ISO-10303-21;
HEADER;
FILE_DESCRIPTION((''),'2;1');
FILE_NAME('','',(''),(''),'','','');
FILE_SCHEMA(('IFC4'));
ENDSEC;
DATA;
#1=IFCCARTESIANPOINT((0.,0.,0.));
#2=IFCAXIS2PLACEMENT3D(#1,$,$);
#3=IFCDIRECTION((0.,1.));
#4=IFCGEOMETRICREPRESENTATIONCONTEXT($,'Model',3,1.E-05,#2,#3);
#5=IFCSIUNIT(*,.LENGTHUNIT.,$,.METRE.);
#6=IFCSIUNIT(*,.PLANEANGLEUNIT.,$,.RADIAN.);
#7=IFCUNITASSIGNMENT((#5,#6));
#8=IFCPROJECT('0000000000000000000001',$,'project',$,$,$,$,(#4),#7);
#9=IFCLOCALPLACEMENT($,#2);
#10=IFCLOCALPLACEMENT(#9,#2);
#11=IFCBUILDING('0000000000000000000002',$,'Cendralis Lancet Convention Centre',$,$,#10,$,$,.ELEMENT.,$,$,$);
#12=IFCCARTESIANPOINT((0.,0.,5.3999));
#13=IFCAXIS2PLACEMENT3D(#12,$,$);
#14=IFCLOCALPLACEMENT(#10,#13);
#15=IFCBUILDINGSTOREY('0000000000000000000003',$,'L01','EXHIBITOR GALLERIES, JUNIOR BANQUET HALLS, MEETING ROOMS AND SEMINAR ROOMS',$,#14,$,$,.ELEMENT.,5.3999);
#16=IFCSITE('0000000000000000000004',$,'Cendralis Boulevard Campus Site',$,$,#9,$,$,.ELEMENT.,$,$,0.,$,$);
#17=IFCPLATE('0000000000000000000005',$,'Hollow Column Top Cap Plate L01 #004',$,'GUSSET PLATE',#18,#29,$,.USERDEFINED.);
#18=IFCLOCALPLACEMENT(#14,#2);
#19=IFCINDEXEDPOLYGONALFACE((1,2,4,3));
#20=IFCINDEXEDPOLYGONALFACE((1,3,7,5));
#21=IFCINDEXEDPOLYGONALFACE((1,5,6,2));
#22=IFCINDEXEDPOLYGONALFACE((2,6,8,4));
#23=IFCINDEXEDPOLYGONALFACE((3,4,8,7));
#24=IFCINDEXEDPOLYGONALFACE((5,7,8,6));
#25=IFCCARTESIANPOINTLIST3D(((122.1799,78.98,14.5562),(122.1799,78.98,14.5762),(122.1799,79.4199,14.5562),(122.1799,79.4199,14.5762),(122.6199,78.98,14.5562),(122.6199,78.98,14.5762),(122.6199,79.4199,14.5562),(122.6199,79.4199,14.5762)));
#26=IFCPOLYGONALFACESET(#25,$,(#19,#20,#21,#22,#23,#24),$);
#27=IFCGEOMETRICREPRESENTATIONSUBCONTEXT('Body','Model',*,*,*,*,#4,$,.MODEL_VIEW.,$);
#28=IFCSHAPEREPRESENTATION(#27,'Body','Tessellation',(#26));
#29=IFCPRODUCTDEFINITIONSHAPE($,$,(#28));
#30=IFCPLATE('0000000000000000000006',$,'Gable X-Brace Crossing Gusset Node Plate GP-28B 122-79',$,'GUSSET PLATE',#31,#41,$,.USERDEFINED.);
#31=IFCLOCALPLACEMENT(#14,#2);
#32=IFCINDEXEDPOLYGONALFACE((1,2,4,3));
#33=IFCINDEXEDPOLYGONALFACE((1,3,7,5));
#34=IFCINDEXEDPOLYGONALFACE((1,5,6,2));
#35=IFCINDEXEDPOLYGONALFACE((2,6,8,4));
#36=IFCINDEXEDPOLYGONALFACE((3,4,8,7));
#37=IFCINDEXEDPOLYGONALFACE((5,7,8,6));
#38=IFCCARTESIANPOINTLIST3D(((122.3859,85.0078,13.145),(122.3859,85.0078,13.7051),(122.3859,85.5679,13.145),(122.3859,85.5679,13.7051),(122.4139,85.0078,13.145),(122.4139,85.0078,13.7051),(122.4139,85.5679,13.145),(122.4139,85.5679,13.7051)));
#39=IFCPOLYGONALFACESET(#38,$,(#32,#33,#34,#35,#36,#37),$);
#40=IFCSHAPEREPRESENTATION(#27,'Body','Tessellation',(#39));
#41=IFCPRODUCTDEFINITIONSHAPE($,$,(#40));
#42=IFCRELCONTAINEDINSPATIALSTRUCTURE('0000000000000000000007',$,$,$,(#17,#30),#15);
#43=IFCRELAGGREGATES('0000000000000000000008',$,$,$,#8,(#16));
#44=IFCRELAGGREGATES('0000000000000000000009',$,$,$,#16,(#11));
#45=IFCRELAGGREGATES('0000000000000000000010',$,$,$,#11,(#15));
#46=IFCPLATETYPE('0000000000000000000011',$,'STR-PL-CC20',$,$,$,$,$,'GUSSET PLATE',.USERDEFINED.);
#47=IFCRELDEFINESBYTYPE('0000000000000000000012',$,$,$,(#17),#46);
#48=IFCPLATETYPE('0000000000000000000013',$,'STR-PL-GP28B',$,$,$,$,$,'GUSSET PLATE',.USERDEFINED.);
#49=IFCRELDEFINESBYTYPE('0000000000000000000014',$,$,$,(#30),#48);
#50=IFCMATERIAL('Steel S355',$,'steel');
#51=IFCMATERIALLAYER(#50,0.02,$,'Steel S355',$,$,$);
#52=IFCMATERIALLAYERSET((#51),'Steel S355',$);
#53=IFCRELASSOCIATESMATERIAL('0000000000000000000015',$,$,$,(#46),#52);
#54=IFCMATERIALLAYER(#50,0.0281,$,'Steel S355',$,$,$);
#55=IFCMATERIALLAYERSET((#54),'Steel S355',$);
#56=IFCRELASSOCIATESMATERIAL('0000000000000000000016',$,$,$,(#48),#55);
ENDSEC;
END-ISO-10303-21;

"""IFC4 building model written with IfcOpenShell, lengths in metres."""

from ifc_helpers import new_model, si_unit, direction, frame, origin, origin_2d, place, context, subcontext, project, spatial, rectangle, extrude, material, layer, layer_set, type_object, element, save


model = new_model("IFC4")

# Units and contexts
model_context = context("Model", 3, precision=1e-05, world=origin(), true_north=direction((0.0, 1.0)))
body_context = subcontext(model_context, "Body", "Model", "MODEL_VIEW")
ifc_project = project(units=[si_unit("LENGTHUNIT", "METRE"), si_unit("PLANEANGLEUNIT", "RADIAN")], contexts=[model_context])

# Site, building, storey
site_placement = place(None, origin())
site = spatial("IfcSite", under=ifc_project, at=site_placement, Name="Cendralis Boulevard Campus Site", CompositionType="ELEMENT", RefElevation=0.0)
building_placement = place(site_placement, origin())
building = spatial("IfcBuilding", under=site, at=building_placement, Name="Cendralis Lancet Convention Centre", CompositionType="ELEMENT")
storey_placement = place(building_placement, frame((0.0, 0.0, 5.3999)))
storey = spatial("IfcBuildingStorey", under=building, at=storey_placement, Name="L01", Description="EXHIBITOR GALLERIES, JUNIOR BANQUET HALLS, MEETING ROOMS AND SEMINAR ROOMS", CompositionType="ELEMENT", Elevation=5.3999)

# Shared definitions
ifc_material_1 = material(Name="Steel S355", Category="steel")

# Plates
ifc_layer_1 = layer(ifc_material_1, 0.02, Name="Steel S355")
ifc_layer_set_1 = layer_set([ifc_layer_1], Name="Steel S355")
plate_type_1 = type_object("IfcPlateType", Name="STR-PL-CC20", ElementType="GUSSET PLATE", PredefinedType="USERDEFINED", material=ifc_layer_set_1)
plate_1_placement = place(storey_placement, frame((122.3999, 79.2, 14.5562), z_axis=(0.0, 0.0, 1.0), x_axis=(1.0, 0.0, 0.0)))
element("IfcPlate", 1, at=plate_1_placement, inside=storey, type_object=plate_type_1, Name="Hollow Column Top Cap Plate L01 #004", ObjectType="GUSSET PLATE", PredefinedType="USERDEFINED", context=body_context, shape_type="SweptSolid", body=[
    extrude(rectangle(XDim=0.4399, YDim=0.4399, at=origin_2d()), origin(), (0.0, 0.0, 1.0), 0.02),
])
ifc_layer_2 = layer(ifc_material_1, 0.0281, Name="Steel S355")
ifc_layer_set_2 = layer_set([ifc_layer_2], Name="Steel S355")
plate_type_2 = type_object("IfcPlateType", Name="STR-PL-GP28B", ElementType="GUSSET PLATE", PredefinedType="USERDEFINED", material=ifc_layer_set_2)
plate_2_placement = place(storey_placement, frame((122.3999, 85.2878, 13.145), z_axis=(0.0, 0.0, 1.0), x_axis=(0.0, 1.0, 0.0)))
element("IfcPlate", 2, at=plate_2_placement, inside=storey, type_object=plate_type_2, Name="Gable X-Brace Crossing Gusset Node Plate GP-28B 122-79", ObjectType="GUSSET PLATE", PredefinedType="USERDEFINED", context=body_context, shape_type="SweptSolid", body=[
    extrude(rectangle(XDim=0.5601, YDim=0.0281, at=origin_2d()), origin(), (0.0, 0.0, 1.0), 0.5601),
])

save(model, "model.ifc")
